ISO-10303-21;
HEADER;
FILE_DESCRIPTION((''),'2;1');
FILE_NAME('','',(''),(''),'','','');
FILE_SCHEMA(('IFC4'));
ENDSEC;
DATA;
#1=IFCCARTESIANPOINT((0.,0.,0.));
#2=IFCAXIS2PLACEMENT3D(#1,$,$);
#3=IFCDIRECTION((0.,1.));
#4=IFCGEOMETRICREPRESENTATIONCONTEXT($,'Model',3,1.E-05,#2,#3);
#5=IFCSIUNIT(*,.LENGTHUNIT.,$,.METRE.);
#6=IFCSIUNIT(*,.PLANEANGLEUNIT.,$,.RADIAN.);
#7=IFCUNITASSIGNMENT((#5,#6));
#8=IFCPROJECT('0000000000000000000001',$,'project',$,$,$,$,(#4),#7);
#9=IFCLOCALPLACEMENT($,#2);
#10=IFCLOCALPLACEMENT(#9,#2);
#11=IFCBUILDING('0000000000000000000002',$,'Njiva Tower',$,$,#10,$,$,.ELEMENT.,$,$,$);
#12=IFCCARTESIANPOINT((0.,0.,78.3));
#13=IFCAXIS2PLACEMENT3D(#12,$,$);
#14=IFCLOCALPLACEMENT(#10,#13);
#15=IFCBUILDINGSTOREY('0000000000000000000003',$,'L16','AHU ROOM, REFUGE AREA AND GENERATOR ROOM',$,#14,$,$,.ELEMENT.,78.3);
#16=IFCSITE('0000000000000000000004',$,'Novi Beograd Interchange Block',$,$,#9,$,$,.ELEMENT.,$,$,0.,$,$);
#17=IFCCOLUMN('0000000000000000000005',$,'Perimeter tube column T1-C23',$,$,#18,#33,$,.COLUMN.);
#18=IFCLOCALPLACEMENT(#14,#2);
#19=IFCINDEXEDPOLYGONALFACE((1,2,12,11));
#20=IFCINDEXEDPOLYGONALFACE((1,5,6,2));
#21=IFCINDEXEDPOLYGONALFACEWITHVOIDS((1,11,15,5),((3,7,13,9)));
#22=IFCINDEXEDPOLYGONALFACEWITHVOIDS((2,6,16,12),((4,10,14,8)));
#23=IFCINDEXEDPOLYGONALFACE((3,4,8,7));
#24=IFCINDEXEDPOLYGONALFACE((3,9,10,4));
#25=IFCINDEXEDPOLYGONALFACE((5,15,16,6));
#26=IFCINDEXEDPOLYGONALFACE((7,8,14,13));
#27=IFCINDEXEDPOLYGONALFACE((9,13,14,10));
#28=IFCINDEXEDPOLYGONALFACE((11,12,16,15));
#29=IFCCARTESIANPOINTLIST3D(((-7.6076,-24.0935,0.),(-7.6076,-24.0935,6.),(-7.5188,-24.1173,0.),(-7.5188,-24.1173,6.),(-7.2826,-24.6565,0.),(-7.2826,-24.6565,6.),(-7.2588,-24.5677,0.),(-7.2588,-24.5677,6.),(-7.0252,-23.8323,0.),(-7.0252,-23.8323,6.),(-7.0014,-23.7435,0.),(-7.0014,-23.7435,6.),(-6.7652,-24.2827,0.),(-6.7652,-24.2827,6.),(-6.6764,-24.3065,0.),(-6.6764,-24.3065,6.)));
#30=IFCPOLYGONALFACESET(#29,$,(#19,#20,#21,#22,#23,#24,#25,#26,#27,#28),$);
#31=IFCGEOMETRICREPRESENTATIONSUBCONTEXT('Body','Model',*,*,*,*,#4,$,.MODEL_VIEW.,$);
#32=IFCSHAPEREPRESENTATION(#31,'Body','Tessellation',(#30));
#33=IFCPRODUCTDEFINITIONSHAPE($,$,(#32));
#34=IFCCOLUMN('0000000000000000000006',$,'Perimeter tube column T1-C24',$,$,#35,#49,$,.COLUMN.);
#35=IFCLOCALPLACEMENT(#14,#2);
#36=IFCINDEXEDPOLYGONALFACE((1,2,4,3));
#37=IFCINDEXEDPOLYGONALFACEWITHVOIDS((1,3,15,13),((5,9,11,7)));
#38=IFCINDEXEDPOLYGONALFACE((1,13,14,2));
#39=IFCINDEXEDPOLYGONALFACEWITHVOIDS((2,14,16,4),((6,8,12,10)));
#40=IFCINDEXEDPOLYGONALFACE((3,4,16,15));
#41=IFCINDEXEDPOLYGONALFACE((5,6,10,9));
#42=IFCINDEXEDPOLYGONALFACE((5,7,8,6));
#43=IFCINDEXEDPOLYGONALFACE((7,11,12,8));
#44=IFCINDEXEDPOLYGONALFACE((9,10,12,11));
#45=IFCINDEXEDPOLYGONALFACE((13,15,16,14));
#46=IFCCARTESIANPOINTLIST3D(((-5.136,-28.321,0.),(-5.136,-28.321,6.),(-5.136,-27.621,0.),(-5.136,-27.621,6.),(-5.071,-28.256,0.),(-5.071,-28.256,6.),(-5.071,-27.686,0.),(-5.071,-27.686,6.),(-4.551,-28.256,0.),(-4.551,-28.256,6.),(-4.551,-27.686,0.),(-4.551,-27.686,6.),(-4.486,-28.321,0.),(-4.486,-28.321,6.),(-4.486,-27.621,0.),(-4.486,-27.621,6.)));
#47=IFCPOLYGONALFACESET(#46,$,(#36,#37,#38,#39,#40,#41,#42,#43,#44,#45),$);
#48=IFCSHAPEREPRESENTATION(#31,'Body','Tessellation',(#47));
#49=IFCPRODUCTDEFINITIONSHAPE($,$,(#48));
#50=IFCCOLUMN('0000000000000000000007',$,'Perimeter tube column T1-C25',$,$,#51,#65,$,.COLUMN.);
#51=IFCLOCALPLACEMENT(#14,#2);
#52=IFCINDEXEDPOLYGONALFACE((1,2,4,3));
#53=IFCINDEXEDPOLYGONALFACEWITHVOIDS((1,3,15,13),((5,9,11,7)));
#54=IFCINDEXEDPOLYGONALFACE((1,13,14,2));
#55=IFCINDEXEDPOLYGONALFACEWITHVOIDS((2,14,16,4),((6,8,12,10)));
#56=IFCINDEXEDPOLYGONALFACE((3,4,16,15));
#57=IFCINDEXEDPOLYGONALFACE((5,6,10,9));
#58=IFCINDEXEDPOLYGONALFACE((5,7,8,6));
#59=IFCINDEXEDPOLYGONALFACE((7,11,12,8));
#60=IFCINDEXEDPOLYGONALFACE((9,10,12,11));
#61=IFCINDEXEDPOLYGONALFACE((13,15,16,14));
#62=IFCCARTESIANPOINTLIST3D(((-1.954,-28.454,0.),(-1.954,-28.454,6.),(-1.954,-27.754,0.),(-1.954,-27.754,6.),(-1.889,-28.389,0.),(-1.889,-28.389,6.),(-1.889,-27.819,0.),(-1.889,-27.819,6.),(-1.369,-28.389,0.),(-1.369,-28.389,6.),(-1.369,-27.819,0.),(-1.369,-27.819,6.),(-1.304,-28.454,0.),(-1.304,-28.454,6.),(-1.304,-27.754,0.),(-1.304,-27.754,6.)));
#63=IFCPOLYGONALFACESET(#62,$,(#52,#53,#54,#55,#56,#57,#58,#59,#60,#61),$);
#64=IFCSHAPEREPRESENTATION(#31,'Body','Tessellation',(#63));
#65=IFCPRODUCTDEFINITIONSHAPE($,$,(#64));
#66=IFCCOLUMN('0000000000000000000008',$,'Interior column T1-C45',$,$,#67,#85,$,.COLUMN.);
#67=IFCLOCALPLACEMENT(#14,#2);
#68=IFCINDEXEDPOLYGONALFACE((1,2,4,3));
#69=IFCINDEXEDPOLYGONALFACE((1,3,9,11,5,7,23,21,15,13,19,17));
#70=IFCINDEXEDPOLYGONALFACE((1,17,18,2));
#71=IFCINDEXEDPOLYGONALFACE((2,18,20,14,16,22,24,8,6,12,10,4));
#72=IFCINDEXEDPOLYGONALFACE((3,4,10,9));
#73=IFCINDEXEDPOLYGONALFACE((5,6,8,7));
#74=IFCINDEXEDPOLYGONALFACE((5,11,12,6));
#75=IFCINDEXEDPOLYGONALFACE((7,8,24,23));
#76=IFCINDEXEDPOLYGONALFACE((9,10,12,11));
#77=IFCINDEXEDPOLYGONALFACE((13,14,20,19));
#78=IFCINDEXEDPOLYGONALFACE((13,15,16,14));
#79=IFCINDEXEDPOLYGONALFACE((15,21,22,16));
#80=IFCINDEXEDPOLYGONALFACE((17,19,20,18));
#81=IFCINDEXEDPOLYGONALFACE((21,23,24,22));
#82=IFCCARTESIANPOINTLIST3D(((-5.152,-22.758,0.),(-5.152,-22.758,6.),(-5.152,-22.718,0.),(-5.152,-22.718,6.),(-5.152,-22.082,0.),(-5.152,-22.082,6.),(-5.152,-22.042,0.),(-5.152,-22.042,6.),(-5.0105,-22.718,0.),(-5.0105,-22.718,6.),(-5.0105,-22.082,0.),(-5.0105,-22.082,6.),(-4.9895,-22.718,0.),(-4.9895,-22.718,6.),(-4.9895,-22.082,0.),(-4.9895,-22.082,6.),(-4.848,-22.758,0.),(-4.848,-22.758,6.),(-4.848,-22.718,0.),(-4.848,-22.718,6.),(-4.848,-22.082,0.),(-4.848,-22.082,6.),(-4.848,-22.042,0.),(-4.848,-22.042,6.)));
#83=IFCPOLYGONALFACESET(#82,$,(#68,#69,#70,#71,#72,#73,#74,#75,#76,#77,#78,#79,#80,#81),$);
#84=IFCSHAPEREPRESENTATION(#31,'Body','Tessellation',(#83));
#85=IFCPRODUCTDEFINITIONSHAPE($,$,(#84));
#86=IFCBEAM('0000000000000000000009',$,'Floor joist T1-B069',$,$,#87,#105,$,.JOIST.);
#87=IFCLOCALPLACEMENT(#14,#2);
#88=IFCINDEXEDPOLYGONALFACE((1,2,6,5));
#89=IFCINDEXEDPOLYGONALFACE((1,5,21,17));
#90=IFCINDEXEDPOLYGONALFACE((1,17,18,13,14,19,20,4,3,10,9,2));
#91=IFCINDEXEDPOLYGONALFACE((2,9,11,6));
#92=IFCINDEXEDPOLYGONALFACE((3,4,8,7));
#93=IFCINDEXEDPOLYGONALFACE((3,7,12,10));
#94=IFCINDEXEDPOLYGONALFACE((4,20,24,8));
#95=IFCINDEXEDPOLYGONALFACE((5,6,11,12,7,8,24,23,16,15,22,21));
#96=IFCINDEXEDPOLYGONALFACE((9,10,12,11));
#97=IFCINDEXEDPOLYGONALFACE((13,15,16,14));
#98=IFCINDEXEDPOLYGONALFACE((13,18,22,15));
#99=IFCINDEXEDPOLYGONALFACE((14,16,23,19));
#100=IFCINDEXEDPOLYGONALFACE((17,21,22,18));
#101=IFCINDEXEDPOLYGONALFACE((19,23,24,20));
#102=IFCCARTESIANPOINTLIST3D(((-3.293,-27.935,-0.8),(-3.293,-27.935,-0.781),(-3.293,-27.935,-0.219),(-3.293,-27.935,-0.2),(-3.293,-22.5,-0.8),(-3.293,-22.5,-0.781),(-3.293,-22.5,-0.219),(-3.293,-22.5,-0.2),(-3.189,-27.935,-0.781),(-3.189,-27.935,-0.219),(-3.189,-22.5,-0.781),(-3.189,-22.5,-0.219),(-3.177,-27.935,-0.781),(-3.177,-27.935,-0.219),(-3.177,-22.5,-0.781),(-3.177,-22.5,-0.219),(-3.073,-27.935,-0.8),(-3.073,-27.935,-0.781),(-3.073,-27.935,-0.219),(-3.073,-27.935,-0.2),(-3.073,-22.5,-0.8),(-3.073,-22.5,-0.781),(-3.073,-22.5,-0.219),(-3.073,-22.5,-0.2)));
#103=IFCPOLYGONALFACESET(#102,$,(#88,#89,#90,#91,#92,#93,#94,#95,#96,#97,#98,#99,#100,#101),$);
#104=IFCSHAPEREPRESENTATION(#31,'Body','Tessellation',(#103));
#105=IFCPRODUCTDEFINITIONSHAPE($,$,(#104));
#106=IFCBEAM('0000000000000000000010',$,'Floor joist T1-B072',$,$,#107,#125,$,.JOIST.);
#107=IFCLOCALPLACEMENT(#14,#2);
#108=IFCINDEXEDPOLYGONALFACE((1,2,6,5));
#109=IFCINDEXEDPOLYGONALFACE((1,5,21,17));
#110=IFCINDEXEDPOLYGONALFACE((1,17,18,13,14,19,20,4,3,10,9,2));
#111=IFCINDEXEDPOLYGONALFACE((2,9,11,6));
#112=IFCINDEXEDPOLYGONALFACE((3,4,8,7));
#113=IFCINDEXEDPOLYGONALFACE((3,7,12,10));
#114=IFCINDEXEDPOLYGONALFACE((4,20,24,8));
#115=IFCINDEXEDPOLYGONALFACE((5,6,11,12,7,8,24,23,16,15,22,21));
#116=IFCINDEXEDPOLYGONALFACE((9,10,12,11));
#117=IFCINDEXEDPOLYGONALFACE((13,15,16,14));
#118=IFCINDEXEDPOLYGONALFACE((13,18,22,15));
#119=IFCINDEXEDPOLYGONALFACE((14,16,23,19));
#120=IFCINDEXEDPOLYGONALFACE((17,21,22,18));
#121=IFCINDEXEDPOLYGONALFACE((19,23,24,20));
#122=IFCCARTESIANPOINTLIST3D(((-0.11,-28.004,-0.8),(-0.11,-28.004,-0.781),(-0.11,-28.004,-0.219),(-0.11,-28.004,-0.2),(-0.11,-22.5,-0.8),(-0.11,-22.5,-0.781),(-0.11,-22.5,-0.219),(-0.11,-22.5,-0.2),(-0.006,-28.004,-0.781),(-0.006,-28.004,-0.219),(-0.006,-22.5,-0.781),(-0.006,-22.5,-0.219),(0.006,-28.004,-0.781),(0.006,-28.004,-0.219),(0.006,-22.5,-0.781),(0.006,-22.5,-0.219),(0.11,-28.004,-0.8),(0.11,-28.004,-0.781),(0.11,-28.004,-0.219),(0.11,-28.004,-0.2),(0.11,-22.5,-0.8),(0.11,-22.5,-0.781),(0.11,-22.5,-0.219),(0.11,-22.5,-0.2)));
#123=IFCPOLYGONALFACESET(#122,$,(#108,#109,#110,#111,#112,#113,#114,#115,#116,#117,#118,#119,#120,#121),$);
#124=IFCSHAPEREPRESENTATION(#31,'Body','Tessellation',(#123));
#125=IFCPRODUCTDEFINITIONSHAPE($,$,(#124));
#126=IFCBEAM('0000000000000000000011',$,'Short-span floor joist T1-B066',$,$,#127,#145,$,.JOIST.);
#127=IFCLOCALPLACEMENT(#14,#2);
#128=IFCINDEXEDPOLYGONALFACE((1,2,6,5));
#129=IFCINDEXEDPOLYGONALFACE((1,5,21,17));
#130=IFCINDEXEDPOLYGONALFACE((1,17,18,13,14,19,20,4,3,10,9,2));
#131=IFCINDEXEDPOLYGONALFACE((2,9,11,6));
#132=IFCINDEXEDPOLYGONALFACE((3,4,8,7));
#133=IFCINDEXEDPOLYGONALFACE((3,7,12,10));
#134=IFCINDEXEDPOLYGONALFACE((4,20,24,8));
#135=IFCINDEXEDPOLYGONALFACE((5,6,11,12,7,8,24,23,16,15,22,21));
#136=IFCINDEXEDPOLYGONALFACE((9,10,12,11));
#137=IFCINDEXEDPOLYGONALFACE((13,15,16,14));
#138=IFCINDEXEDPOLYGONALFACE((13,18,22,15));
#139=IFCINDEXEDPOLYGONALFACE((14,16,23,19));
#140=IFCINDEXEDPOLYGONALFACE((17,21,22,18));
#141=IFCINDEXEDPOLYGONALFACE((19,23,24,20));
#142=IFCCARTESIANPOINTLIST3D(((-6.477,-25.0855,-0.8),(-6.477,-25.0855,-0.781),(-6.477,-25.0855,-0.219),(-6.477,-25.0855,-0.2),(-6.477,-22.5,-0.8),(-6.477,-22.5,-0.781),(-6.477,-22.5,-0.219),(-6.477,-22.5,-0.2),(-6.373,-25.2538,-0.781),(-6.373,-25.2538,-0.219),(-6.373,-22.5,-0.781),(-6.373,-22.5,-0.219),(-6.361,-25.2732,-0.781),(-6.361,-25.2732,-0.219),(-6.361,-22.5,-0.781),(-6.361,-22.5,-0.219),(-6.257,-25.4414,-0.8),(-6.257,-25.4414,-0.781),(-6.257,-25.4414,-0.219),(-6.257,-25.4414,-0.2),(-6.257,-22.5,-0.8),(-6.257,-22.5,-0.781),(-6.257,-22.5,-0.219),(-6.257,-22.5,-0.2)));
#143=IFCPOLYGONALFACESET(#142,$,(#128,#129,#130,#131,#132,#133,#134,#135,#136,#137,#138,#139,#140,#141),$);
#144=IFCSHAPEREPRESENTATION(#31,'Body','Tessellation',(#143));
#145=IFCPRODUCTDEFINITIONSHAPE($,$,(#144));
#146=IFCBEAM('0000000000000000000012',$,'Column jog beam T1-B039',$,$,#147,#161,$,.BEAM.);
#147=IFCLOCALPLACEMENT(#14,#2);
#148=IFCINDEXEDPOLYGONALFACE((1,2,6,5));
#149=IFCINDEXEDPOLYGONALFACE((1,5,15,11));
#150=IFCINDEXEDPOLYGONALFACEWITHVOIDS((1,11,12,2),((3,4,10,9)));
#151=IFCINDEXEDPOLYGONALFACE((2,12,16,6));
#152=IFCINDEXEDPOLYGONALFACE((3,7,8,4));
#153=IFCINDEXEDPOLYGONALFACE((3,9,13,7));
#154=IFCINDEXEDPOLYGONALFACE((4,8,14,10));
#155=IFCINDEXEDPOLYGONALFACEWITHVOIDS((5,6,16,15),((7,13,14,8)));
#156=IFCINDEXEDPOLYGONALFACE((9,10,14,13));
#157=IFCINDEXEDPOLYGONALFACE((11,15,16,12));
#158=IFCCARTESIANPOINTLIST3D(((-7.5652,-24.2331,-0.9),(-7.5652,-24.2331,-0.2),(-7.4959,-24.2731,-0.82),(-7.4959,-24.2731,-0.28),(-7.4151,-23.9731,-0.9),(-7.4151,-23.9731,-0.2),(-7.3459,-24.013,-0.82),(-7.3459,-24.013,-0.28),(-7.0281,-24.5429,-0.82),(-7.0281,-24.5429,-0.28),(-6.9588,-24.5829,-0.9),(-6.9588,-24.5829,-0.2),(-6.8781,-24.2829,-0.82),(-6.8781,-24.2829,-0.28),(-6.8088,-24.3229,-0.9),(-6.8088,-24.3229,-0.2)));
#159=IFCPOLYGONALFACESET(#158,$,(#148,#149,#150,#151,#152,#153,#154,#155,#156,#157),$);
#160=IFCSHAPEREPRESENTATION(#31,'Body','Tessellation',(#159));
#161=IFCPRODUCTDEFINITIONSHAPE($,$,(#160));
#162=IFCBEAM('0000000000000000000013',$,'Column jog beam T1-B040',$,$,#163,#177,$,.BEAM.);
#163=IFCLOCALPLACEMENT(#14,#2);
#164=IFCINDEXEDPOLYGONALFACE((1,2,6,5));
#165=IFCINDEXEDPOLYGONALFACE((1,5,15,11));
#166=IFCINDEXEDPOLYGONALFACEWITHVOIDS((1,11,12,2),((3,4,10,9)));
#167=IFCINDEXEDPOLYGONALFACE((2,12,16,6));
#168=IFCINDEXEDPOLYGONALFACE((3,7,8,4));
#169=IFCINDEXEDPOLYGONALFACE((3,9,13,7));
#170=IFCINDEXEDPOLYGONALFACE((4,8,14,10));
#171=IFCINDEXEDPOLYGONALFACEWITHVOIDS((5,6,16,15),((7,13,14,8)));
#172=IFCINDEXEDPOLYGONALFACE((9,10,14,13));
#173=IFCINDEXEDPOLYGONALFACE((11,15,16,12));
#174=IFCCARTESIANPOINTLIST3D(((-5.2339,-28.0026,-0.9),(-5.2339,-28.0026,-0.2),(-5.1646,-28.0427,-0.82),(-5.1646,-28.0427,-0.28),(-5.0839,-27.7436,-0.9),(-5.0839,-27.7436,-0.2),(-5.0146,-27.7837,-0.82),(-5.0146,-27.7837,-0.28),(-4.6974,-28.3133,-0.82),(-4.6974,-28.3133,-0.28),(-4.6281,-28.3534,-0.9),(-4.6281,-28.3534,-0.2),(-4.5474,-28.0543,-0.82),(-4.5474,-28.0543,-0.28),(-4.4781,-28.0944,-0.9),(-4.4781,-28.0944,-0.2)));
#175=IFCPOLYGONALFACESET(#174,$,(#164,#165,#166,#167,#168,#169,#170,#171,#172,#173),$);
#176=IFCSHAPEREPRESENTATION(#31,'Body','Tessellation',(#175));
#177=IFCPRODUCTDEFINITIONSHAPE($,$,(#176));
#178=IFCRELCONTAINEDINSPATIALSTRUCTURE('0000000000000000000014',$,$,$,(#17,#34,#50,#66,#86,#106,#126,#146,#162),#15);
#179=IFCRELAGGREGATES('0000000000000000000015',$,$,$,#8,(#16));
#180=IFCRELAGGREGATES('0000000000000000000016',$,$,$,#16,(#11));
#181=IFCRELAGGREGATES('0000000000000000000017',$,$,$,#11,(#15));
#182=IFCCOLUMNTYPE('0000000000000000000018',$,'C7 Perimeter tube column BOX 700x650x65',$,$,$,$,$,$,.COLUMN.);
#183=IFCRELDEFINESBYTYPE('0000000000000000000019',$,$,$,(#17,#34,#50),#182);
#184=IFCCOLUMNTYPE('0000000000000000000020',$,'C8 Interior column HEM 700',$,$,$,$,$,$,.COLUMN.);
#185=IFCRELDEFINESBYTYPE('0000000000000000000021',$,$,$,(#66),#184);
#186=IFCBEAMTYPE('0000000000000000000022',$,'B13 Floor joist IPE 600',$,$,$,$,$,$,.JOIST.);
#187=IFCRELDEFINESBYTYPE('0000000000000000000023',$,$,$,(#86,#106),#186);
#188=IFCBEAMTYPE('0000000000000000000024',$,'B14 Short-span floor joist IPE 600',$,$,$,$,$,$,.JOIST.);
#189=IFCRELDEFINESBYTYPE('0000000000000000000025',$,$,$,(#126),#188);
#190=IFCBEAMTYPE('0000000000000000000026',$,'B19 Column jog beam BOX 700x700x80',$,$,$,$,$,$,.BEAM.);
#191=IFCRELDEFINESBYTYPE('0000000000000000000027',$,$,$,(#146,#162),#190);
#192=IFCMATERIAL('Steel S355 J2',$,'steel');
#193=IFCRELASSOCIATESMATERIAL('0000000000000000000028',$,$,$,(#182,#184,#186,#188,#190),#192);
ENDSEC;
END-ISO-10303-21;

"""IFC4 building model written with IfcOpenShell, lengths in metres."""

from ifc_helpers import new_model, si_unit, direction, frame, origin, origin_2d, place, context, subcontext, project, spatial, hollow_rectangle, i_section, extrude, clip, halfspace, material, material_profile, profile_set, type_object, element, save


model = new_model("IFC4")

# Units and contexts
model_context = context("Model", 3, precision=1e-05, world=origin(), true_north=direction((0.0, 1.0)))
body_context = subcontext(model_context, "Body", "Model", "MODEL_VIEW")
ifc_project = project(units=[si_unit("LENGTHUNIT", "METRE"), si_unit("PLANEANGLEUNIT", "RADIAN")], contexts=[model_context])

# Site, building, storey
site_placement = place(None, origin())
site = spatial("IfcSite", under=ifc_project, at=site_placement, Name="Novi Beograd Interchange Block", CompositionType="ELEMENT", RefElevation=0.0)
building_placement = place(site_placement, origin())
building = spatial("IfcBuilding", under=site, at=building_placement, Name="Njiva Tower", CompositionType="ELEMENT")
storey_placement = place(building_placement, frame((0.0, 0.0, 78.3)))
storey = spatial("IfcBuildingStorey", under=building, at=storey_placement, Name="L16", Description="AHU ROOM, REFUGE AREA AND GENERATOR ROOM", CompositionType="ELEMENT", Elevation=78.3)

# Columns
ifc_material_1 = material(Name="Steel S355 J2", Category="steel")
ifc_material_profile_1 = material_profile(ifc_material_1, hollow_rectangle(XDim=0.65, YDim=0.7, WallThickness=0.065, at=origin_2d()), Name="BOX 700x650x65")
ifc_profile_set_1 = profile_set([ifc_material_profile_1], Name="Steel S355 J2")
column_type_1 = type_object("IfcColumnType", Name="C7 Perimeter tube column BOX 700x650x65", PredefinedType="COLUMN", material=ifc_profile_set_1)
for number, where, z_axis, x_axis, name in (
    (1, (-7.142, -24.2, 0.0), (0.0, 0.0, 1.0), (0.5, -0.866025, 0.0), "Perimeter tube column T1-C23"),
    (2, (-4.811, -27.971, 0.0), (0.0, 0.0, 1.0), (1.0, 0.0, 0.0), "Perimeter tube column T1-C24"),
    (3, (-1.629, -28.104, 0.0), (0.0, 0.0, 1.0), (1.0, 0.0, 0.0), "Perimeter tube column T1-C25"),
):
    element("IfcColumn", number, at=place(storey_placement, frame(where, z_axis=z_axis, x_axis=x_axis)), inside=storey, type_object=column_type_1, Name=name, PredefinedType="COLUMN", context=body_context, shape_type="SweptSolid", body=[
        extrude(hollow_rectangle(XDim=0.65, YDim=0.7, WallThickness=0.065, at=origin_2d()), origin(), (0.0, 0.0, 1.0), 6.0),
    ])
ifc_material_profile_2 = material_profile(ifc_material_1, i_section(OverallWidth=0.304, OverallDepth=0.716, WebThickness=0.021, FlangeThickness=0.04, at=origin_2d()), Name="HEM 700")
ifc_profile_set_2 = profile_set([ifc_material_profile_2], Name="Steel S355 J2")
column_type_2 = type_object("IfcColumnType", Name="C8 Interior column HEM 700", PredefinedType="COLUMN", material=ifc_profile_set_2)
column_placement = place(storey_placement, frame((-5.0, -22.4, 0.0), z_axis=(0.0, 0.0, 1.0), x_axis=(1.0, 0.0, 0.0)))
element("IfcColumn", 4, at=column_placement, inside=storey, type_object=column_type_2, Name="Interior column T1-C45", PredefinedType="COLUMN", context=body_context, shape_type="SweptSolid", body=[
    extrude(i_section(OverallWidth=0.304, OverallDepth=0.716, WebThickness=0.021, FlangeThickness=0.04, at=origin_2d()), origin(), (0.0, 0.0, 1.0), 6.0),
])

# Beams
ifc_material_profile_3 = material_profile(ifc_material_1, i_section(OverallWidth=0.22, OverallDepth=0.6, WebThickness=0.012, FlangeThickness=0.019, at=origin_2d()), Name="IPE 600")
ifc_profile_set_3 = profile_set([ifc_material_profile_3], Name="Steel S355 J2")
beam_type_1 = type_object("IfcBeamType", Name="B13 Floor joist IPE 600", PredefinedType="JOIST", material=ifc_profile_set_3)
beam_1_placement = place(storey_placement, frame((-3.183, -22.5, -0.5), z_axis=(0.0, -1.0, 0.0), x_axis=(1.0, 0.0, 0.0)))
element("IfcBeam", 5, at=beam_1_placement, inside=storey, type_object=beam_type_1, Name="Floor joist T1-B069", PredefinedType="JOIST", context=body_context, shape_type="SweptSolid", body=[
    extrude(i_section(OverallWidth=0.22, OverallDepth=0.6, WebThickness=0.012, FlangeThickness=0.019, at=origin_2d()), origin(), (0.0, 0.0, 1.0), 5.435),
])
beam_2_placement = place(storey_placement, frame((0.0, -22.5, -0.5), z_axis=(0.0, -1.0, 0.0), x_axis=(1.0, 0.0, 0.0)))
element("IfcBeam", 6, at=beam_2_placement, inside=storey, type_object=beam_type_1, Name="Floor joist T1-B072", PredefinedType="JOIST", context=body_context, shape_type="SweptSolid", body=[
    extrude(i_section(OverallWidth=0.22, OverallDepth=0.6, WebThickness=0.012, FlangeThickness=0.019, at=origin_2d()), origin(), (0.0, 0.0, 1.0), 5.504),
])
ifc_material_profile_4 = material_profile(ifc_material_1, i_section(OverallWidth=0.22, OverallDepth=0.6, WebThickness=0.012, FlangeThickness=0.019, at=origin_2d()), Name="IPE 600")
ifc_profile_set_4 = profile_set([ifc_material_profile_4], Name="Steel S355 J2")
beam_type_2 = type_object("IfcBeamType", Name="B14 Short-span floor joist IPE 600", PredefinedType="JOIST", material=ifc_profile_set_4)
beam_3_placement = place(storey_placement, frame((-6.367, -22.5, -0.5), z_axis=(0.0, -1.0, 0.0), x_axis=(1.0, 0.0, 0.0)))
element("IfcBeam", 7, at=beam_3_placement, inside=storey, type_object=beam_type_2, Name="Short-span floor joist T1-B066", PredefinedType="JOIST", context=body_context, shape_type="Clipping", body=[
    clip(extrude(i_section(OverallWidth=0.22, OverallDepth=0.6, WebThickness=0.012, FlangeThickness=0.019, at=origin_2d()), origin(), (0.0, 0.0, 1.0), 2.962), halfspace(frame((-0.0422, 0.0, 2.6952), z_axis=(-0.85062, 0.0, 0.52578), x_axis=(0.0, 1.0, 0.0)), False)),
])
ifc_material_profile_5 = material_profile(ifc_material_1, hollow_rectangle(XDim=0.7, YDim=0.7, WallThickness=0.08, at=origin_2d()), Name="BOX 700x700x80")
ifc_profile_set_5 = profile_set([ifc_material_profile_5], Name="Steel S355 J2")
beam_type_3 = type_object("IfcBeamType", Name="B19 Column jog beam BOX 700x700x80", PredefinedType="BEAM", material=ifc_profile_set_5)
beam_4_placement = place(storey_placement, frame((-7.262, -24.408, -0.55), z_axis=(0.499722, 0.866186, 0.0), x_axis=(-0.866186, 0.499722, 0.0)))
element("IfcBeam", 8, at=beam_4_placement, inside=storey, type_object=beam_type_3, Name="Column jog beam T1-B039", PredefinedType="BEAM", context=body_context, shape_type="SweptSolid", body=[
    extrude(hollow_rectangle(XDim=0.7, YDim=0.7, WallThickness=0.08, at=origin_2d()), origin(), (0.0, 0.0, 1.0), 0.3002),
])
beam_5_placement = place(storey_placement, frame((-4.931, -28.178, -0.55), z_axis=(0.501168, 0.86535, 0.0), x_axis=(-0.86535, 0.501168, 0.0)))
element("IfcBeam", 9, at=beam_5_placement, inside=storey, type_object=beam_type_3, Name="Column jog beam T1-B040", PredefinedType="BEAM", context=body_context, shape_type="SweptSolid", body=[
    extrude(hollow_rectangle(XDim=0.7, YDim=0.7, WallThickness=0.08, at=origin_2d()), origin(), (0.0, 0.0, 1.0), 0.2993),
])

save(model, "model.ifc")
